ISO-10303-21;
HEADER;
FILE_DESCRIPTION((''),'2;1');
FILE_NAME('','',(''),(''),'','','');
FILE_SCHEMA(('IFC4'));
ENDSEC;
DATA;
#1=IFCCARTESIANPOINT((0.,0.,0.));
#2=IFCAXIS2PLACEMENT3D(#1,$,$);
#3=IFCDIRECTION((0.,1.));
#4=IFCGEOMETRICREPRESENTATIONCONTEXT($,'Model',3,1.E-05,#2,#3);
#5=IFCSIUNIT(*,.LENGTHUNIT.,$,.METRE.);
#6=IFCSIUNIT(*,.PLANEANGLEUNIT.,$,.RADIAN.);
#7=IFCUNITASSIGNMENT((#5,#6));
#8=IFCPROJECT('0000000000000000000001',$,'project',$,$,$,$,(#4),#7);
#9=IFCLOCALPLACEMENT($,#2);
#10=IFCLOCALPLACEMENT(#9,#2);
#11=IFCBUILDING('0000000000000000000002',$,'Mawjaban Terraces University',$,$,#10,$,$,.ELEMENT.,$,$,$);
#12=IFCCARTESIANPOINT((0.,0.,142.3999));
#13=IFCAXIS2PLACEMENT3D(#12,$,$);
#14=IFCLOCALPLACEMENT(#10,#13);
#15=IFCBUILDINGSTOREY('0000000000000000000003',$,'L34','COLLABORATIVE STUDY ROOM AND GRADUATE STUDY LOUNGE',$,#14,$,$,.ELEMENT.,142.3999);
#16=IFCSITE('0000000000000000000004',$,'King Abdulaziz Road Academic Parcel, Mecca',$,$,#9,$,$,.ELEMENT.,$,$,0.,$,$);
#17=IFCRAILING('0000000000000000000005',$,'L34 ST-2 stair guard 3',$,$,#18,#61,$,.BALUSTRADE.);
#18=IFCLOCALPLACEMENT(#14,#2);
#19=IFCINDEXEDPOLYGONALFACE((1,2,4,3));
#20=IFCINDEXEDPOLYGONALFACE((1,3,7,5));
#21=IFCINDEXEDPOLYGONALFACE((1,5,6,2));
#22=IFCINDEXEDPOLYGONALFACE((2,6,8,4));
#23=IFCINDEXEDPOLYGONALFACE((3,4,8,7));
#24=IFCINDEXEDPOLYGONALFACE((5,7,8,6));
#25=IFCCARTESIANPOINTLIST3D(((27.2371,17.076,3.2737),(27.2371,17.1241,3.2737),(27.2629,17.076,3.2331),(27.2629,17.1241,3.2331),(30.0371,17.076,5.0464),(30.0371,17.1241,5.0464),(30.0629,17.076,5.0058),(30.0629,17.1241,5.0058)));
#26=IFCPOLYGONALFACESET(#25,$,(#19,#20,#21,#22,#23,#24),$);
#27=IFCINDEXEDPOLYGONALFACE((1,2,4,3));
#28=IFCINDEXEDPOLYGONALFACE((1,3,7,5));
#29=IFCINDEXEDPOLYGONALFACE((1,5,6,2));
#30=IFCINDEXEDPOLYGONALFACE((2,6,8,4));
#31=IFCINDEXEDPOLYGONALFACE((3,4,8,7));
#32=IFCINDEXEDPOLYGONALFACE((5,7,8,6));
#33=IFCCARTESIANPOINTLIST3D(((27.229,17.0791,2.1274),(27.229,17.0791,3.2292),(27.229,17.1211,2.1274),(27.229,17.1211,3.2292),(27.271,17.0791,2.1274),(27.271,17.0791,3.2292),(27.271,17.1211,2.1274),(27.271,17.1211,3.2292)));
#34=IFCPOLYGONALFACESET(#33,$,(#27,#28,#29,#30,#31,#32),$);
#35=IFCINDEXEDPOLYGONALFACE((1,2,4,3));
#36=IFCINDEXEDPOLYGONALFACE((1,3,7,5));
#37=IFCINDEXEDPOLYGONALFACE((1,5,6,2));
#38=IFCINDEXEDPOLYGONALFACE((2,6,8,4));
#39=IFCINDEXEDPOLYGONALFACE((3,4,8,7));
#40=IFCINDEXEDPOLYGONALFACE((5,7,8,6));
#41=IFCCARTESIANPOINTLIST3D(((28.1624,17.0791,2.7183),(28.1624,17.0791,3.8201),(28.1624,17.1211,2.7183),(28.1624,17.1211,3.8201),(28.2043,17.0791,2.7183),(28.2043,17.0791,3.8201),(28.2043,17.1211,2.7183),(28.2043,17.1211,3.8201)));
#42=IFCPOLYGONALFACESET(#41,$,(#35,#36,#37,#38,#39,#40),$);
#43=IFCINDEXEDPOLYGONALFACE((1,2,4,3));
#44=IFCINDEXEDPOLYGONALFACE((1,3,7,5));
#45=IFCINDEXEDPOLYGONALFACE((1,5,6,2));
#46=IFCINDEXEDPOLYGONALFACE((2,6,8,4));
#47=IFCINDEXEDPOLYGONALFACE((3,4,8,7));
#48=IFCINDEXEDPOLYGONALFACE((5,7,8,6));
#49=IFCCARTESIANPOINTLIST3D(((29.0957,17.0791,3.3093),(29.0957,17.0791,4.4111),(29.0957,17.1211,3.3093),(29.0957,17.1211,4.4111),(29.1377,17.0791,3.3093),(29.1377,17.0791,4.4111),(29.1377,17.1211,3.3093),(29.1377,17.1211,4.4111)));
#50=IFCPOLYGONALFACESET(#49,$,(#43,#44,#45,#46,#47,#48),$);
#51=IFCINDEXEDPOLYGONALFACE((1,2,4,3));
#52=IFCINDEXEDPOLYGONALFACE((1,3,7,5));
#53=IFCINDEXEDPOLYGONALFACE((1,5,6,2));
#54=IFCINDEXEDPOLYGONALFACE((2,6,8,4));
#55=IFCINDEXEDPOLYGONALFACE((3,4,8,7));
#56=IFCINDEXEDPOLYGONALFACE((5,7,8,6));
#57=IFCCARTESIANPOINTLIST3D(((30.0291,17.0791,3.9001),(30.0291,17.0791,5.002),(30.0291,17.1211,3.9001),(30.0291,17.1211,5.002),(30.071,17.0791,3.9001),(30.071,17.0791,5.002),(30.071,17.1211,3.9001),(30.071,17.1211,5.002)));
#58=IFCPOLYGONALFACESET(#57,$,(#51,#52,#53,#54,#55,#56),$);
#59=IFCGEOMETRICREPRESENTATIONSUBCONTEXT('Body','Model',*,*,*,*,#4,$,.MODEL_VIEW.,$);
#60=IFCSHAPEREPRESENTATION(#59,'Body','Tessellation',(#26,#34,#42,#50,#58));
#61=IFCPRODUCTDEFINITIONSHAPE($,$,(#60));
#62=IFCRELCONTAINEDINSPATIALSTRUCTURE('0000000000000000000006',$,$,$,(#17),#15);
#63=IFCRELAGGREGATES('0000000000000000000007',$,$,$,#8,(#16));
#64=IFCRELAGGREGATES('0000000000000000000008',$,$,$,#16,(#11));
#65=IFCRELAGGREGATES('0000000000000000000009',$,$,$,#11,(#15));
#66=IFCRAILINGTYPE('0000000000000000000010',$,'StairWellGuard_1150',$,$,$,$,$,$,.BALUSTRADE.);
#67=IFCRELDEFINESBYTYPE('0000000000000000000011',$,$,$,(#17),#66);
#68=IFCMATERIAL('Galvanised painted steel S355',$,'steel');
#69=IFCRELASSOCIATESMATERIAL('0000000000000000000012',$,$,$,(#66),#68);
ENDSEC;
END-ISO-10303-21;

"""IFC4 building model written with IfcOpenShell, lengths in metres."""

from ifc_helpers import new_model, si_unit, direction, frame, origin, origin_2d, place, context, subcontext, project, spatial, rectangle, extrude, material, type_object, element, save


model = new_model("IFC4")

# Units and contexts
model_context = context("Model", 3, precision=1e-05, world=origin(), true_north=direction((0.0, 1.0)))
body_context = subcontext(model_context, "Body", "Model", "MODEL_VIEW")
ifc_project = project(units=[si_unit("LENGTHUNIT", "METRE"), si_unit("PLANEANGLEUNIT", "RADIAN")], contexts=[model_context])

# Site, building, storey
site_placement = place(None, origin())
site = spatial("IfcSite", under=ifc_project, at=site_placement, Name="King Abdulaziz Road Academic Parcel, Mecca", CompositionType="ELEMENT", RefElevation=0.0)
building_placement = place(site_placement, origin())
building = spatial("IfcBuilding", under=site, at=building_placement, Name="Mawjaban Terraces University", CompositionType="ELEMENT")
storey_placement = place(building_placement, frame((0.0, 0.0, 142.3999)))
storey = spatial("IfcBuildingStorey", under=building, at=storey_placement, Name="L34", Description="COLLABORATIVE STUDY ROOM AND GRADUATE STUDY LOUNGE", CompositionType="ELEMENT", Elevation=142.3999)

# Railing
ifc_material_1 = material(Name="Galvanised painted steel S355", Category="steel")
railing_type_1 = type_object("IfcRailingType", Name="StairWellGuard_1150", PredefinedType="BALUSTRADE", material=ifc_material_1)
railing_1_placement = place(storey_placement, frame((27.25, 17.1001, 2.1274)))
element("IfcRailing", 1, at=railing_1_placement, inside=storey, type_object=railing_type_1, Name="L34 ST-2 stair guard 3", PredefinedType="BALUSTRADE", context=body_context, shape_type="SweptSolid", body=[
    extrude(rectangle(XDim=0.0481, YDim=0.0481, at=origin_2d()), frame((0.0, 0.0, 1.126), z_axis=(0.844909, 0.0, 0.53491), x_axis=(0.0, 1.0, 0.0)), (0.0, 0.0, 1.0), 3.314),
    extrude(rectangle(XDim=0.042, YDim=0.042, at=origin_2d()), origin(), (0.0, 0.0, 1.0), 1.1018),
    extrude(rectangle(XDim=0.042, YDim=0.042, at=origin_2d()), frame((0.9333, 0.0, 0.5908)), (0.0, 0.0, 1.0), 1.1018),
    extrude(rectangle(XDim=0.042, YDim=0.042, at=origin_2d()), frame((1.8667, 0.0, 1.1819)), (0.0, 0.0, 1.0), 1.1018),
    extrude(rectangle(XDim=0.042, YDim=0.042, at=origin_2d()), frame((2.8, 0.0, 1.7727)), (0.0, 0.0, 1.0), 1.1018),
])

save(model, "model.ifc")
